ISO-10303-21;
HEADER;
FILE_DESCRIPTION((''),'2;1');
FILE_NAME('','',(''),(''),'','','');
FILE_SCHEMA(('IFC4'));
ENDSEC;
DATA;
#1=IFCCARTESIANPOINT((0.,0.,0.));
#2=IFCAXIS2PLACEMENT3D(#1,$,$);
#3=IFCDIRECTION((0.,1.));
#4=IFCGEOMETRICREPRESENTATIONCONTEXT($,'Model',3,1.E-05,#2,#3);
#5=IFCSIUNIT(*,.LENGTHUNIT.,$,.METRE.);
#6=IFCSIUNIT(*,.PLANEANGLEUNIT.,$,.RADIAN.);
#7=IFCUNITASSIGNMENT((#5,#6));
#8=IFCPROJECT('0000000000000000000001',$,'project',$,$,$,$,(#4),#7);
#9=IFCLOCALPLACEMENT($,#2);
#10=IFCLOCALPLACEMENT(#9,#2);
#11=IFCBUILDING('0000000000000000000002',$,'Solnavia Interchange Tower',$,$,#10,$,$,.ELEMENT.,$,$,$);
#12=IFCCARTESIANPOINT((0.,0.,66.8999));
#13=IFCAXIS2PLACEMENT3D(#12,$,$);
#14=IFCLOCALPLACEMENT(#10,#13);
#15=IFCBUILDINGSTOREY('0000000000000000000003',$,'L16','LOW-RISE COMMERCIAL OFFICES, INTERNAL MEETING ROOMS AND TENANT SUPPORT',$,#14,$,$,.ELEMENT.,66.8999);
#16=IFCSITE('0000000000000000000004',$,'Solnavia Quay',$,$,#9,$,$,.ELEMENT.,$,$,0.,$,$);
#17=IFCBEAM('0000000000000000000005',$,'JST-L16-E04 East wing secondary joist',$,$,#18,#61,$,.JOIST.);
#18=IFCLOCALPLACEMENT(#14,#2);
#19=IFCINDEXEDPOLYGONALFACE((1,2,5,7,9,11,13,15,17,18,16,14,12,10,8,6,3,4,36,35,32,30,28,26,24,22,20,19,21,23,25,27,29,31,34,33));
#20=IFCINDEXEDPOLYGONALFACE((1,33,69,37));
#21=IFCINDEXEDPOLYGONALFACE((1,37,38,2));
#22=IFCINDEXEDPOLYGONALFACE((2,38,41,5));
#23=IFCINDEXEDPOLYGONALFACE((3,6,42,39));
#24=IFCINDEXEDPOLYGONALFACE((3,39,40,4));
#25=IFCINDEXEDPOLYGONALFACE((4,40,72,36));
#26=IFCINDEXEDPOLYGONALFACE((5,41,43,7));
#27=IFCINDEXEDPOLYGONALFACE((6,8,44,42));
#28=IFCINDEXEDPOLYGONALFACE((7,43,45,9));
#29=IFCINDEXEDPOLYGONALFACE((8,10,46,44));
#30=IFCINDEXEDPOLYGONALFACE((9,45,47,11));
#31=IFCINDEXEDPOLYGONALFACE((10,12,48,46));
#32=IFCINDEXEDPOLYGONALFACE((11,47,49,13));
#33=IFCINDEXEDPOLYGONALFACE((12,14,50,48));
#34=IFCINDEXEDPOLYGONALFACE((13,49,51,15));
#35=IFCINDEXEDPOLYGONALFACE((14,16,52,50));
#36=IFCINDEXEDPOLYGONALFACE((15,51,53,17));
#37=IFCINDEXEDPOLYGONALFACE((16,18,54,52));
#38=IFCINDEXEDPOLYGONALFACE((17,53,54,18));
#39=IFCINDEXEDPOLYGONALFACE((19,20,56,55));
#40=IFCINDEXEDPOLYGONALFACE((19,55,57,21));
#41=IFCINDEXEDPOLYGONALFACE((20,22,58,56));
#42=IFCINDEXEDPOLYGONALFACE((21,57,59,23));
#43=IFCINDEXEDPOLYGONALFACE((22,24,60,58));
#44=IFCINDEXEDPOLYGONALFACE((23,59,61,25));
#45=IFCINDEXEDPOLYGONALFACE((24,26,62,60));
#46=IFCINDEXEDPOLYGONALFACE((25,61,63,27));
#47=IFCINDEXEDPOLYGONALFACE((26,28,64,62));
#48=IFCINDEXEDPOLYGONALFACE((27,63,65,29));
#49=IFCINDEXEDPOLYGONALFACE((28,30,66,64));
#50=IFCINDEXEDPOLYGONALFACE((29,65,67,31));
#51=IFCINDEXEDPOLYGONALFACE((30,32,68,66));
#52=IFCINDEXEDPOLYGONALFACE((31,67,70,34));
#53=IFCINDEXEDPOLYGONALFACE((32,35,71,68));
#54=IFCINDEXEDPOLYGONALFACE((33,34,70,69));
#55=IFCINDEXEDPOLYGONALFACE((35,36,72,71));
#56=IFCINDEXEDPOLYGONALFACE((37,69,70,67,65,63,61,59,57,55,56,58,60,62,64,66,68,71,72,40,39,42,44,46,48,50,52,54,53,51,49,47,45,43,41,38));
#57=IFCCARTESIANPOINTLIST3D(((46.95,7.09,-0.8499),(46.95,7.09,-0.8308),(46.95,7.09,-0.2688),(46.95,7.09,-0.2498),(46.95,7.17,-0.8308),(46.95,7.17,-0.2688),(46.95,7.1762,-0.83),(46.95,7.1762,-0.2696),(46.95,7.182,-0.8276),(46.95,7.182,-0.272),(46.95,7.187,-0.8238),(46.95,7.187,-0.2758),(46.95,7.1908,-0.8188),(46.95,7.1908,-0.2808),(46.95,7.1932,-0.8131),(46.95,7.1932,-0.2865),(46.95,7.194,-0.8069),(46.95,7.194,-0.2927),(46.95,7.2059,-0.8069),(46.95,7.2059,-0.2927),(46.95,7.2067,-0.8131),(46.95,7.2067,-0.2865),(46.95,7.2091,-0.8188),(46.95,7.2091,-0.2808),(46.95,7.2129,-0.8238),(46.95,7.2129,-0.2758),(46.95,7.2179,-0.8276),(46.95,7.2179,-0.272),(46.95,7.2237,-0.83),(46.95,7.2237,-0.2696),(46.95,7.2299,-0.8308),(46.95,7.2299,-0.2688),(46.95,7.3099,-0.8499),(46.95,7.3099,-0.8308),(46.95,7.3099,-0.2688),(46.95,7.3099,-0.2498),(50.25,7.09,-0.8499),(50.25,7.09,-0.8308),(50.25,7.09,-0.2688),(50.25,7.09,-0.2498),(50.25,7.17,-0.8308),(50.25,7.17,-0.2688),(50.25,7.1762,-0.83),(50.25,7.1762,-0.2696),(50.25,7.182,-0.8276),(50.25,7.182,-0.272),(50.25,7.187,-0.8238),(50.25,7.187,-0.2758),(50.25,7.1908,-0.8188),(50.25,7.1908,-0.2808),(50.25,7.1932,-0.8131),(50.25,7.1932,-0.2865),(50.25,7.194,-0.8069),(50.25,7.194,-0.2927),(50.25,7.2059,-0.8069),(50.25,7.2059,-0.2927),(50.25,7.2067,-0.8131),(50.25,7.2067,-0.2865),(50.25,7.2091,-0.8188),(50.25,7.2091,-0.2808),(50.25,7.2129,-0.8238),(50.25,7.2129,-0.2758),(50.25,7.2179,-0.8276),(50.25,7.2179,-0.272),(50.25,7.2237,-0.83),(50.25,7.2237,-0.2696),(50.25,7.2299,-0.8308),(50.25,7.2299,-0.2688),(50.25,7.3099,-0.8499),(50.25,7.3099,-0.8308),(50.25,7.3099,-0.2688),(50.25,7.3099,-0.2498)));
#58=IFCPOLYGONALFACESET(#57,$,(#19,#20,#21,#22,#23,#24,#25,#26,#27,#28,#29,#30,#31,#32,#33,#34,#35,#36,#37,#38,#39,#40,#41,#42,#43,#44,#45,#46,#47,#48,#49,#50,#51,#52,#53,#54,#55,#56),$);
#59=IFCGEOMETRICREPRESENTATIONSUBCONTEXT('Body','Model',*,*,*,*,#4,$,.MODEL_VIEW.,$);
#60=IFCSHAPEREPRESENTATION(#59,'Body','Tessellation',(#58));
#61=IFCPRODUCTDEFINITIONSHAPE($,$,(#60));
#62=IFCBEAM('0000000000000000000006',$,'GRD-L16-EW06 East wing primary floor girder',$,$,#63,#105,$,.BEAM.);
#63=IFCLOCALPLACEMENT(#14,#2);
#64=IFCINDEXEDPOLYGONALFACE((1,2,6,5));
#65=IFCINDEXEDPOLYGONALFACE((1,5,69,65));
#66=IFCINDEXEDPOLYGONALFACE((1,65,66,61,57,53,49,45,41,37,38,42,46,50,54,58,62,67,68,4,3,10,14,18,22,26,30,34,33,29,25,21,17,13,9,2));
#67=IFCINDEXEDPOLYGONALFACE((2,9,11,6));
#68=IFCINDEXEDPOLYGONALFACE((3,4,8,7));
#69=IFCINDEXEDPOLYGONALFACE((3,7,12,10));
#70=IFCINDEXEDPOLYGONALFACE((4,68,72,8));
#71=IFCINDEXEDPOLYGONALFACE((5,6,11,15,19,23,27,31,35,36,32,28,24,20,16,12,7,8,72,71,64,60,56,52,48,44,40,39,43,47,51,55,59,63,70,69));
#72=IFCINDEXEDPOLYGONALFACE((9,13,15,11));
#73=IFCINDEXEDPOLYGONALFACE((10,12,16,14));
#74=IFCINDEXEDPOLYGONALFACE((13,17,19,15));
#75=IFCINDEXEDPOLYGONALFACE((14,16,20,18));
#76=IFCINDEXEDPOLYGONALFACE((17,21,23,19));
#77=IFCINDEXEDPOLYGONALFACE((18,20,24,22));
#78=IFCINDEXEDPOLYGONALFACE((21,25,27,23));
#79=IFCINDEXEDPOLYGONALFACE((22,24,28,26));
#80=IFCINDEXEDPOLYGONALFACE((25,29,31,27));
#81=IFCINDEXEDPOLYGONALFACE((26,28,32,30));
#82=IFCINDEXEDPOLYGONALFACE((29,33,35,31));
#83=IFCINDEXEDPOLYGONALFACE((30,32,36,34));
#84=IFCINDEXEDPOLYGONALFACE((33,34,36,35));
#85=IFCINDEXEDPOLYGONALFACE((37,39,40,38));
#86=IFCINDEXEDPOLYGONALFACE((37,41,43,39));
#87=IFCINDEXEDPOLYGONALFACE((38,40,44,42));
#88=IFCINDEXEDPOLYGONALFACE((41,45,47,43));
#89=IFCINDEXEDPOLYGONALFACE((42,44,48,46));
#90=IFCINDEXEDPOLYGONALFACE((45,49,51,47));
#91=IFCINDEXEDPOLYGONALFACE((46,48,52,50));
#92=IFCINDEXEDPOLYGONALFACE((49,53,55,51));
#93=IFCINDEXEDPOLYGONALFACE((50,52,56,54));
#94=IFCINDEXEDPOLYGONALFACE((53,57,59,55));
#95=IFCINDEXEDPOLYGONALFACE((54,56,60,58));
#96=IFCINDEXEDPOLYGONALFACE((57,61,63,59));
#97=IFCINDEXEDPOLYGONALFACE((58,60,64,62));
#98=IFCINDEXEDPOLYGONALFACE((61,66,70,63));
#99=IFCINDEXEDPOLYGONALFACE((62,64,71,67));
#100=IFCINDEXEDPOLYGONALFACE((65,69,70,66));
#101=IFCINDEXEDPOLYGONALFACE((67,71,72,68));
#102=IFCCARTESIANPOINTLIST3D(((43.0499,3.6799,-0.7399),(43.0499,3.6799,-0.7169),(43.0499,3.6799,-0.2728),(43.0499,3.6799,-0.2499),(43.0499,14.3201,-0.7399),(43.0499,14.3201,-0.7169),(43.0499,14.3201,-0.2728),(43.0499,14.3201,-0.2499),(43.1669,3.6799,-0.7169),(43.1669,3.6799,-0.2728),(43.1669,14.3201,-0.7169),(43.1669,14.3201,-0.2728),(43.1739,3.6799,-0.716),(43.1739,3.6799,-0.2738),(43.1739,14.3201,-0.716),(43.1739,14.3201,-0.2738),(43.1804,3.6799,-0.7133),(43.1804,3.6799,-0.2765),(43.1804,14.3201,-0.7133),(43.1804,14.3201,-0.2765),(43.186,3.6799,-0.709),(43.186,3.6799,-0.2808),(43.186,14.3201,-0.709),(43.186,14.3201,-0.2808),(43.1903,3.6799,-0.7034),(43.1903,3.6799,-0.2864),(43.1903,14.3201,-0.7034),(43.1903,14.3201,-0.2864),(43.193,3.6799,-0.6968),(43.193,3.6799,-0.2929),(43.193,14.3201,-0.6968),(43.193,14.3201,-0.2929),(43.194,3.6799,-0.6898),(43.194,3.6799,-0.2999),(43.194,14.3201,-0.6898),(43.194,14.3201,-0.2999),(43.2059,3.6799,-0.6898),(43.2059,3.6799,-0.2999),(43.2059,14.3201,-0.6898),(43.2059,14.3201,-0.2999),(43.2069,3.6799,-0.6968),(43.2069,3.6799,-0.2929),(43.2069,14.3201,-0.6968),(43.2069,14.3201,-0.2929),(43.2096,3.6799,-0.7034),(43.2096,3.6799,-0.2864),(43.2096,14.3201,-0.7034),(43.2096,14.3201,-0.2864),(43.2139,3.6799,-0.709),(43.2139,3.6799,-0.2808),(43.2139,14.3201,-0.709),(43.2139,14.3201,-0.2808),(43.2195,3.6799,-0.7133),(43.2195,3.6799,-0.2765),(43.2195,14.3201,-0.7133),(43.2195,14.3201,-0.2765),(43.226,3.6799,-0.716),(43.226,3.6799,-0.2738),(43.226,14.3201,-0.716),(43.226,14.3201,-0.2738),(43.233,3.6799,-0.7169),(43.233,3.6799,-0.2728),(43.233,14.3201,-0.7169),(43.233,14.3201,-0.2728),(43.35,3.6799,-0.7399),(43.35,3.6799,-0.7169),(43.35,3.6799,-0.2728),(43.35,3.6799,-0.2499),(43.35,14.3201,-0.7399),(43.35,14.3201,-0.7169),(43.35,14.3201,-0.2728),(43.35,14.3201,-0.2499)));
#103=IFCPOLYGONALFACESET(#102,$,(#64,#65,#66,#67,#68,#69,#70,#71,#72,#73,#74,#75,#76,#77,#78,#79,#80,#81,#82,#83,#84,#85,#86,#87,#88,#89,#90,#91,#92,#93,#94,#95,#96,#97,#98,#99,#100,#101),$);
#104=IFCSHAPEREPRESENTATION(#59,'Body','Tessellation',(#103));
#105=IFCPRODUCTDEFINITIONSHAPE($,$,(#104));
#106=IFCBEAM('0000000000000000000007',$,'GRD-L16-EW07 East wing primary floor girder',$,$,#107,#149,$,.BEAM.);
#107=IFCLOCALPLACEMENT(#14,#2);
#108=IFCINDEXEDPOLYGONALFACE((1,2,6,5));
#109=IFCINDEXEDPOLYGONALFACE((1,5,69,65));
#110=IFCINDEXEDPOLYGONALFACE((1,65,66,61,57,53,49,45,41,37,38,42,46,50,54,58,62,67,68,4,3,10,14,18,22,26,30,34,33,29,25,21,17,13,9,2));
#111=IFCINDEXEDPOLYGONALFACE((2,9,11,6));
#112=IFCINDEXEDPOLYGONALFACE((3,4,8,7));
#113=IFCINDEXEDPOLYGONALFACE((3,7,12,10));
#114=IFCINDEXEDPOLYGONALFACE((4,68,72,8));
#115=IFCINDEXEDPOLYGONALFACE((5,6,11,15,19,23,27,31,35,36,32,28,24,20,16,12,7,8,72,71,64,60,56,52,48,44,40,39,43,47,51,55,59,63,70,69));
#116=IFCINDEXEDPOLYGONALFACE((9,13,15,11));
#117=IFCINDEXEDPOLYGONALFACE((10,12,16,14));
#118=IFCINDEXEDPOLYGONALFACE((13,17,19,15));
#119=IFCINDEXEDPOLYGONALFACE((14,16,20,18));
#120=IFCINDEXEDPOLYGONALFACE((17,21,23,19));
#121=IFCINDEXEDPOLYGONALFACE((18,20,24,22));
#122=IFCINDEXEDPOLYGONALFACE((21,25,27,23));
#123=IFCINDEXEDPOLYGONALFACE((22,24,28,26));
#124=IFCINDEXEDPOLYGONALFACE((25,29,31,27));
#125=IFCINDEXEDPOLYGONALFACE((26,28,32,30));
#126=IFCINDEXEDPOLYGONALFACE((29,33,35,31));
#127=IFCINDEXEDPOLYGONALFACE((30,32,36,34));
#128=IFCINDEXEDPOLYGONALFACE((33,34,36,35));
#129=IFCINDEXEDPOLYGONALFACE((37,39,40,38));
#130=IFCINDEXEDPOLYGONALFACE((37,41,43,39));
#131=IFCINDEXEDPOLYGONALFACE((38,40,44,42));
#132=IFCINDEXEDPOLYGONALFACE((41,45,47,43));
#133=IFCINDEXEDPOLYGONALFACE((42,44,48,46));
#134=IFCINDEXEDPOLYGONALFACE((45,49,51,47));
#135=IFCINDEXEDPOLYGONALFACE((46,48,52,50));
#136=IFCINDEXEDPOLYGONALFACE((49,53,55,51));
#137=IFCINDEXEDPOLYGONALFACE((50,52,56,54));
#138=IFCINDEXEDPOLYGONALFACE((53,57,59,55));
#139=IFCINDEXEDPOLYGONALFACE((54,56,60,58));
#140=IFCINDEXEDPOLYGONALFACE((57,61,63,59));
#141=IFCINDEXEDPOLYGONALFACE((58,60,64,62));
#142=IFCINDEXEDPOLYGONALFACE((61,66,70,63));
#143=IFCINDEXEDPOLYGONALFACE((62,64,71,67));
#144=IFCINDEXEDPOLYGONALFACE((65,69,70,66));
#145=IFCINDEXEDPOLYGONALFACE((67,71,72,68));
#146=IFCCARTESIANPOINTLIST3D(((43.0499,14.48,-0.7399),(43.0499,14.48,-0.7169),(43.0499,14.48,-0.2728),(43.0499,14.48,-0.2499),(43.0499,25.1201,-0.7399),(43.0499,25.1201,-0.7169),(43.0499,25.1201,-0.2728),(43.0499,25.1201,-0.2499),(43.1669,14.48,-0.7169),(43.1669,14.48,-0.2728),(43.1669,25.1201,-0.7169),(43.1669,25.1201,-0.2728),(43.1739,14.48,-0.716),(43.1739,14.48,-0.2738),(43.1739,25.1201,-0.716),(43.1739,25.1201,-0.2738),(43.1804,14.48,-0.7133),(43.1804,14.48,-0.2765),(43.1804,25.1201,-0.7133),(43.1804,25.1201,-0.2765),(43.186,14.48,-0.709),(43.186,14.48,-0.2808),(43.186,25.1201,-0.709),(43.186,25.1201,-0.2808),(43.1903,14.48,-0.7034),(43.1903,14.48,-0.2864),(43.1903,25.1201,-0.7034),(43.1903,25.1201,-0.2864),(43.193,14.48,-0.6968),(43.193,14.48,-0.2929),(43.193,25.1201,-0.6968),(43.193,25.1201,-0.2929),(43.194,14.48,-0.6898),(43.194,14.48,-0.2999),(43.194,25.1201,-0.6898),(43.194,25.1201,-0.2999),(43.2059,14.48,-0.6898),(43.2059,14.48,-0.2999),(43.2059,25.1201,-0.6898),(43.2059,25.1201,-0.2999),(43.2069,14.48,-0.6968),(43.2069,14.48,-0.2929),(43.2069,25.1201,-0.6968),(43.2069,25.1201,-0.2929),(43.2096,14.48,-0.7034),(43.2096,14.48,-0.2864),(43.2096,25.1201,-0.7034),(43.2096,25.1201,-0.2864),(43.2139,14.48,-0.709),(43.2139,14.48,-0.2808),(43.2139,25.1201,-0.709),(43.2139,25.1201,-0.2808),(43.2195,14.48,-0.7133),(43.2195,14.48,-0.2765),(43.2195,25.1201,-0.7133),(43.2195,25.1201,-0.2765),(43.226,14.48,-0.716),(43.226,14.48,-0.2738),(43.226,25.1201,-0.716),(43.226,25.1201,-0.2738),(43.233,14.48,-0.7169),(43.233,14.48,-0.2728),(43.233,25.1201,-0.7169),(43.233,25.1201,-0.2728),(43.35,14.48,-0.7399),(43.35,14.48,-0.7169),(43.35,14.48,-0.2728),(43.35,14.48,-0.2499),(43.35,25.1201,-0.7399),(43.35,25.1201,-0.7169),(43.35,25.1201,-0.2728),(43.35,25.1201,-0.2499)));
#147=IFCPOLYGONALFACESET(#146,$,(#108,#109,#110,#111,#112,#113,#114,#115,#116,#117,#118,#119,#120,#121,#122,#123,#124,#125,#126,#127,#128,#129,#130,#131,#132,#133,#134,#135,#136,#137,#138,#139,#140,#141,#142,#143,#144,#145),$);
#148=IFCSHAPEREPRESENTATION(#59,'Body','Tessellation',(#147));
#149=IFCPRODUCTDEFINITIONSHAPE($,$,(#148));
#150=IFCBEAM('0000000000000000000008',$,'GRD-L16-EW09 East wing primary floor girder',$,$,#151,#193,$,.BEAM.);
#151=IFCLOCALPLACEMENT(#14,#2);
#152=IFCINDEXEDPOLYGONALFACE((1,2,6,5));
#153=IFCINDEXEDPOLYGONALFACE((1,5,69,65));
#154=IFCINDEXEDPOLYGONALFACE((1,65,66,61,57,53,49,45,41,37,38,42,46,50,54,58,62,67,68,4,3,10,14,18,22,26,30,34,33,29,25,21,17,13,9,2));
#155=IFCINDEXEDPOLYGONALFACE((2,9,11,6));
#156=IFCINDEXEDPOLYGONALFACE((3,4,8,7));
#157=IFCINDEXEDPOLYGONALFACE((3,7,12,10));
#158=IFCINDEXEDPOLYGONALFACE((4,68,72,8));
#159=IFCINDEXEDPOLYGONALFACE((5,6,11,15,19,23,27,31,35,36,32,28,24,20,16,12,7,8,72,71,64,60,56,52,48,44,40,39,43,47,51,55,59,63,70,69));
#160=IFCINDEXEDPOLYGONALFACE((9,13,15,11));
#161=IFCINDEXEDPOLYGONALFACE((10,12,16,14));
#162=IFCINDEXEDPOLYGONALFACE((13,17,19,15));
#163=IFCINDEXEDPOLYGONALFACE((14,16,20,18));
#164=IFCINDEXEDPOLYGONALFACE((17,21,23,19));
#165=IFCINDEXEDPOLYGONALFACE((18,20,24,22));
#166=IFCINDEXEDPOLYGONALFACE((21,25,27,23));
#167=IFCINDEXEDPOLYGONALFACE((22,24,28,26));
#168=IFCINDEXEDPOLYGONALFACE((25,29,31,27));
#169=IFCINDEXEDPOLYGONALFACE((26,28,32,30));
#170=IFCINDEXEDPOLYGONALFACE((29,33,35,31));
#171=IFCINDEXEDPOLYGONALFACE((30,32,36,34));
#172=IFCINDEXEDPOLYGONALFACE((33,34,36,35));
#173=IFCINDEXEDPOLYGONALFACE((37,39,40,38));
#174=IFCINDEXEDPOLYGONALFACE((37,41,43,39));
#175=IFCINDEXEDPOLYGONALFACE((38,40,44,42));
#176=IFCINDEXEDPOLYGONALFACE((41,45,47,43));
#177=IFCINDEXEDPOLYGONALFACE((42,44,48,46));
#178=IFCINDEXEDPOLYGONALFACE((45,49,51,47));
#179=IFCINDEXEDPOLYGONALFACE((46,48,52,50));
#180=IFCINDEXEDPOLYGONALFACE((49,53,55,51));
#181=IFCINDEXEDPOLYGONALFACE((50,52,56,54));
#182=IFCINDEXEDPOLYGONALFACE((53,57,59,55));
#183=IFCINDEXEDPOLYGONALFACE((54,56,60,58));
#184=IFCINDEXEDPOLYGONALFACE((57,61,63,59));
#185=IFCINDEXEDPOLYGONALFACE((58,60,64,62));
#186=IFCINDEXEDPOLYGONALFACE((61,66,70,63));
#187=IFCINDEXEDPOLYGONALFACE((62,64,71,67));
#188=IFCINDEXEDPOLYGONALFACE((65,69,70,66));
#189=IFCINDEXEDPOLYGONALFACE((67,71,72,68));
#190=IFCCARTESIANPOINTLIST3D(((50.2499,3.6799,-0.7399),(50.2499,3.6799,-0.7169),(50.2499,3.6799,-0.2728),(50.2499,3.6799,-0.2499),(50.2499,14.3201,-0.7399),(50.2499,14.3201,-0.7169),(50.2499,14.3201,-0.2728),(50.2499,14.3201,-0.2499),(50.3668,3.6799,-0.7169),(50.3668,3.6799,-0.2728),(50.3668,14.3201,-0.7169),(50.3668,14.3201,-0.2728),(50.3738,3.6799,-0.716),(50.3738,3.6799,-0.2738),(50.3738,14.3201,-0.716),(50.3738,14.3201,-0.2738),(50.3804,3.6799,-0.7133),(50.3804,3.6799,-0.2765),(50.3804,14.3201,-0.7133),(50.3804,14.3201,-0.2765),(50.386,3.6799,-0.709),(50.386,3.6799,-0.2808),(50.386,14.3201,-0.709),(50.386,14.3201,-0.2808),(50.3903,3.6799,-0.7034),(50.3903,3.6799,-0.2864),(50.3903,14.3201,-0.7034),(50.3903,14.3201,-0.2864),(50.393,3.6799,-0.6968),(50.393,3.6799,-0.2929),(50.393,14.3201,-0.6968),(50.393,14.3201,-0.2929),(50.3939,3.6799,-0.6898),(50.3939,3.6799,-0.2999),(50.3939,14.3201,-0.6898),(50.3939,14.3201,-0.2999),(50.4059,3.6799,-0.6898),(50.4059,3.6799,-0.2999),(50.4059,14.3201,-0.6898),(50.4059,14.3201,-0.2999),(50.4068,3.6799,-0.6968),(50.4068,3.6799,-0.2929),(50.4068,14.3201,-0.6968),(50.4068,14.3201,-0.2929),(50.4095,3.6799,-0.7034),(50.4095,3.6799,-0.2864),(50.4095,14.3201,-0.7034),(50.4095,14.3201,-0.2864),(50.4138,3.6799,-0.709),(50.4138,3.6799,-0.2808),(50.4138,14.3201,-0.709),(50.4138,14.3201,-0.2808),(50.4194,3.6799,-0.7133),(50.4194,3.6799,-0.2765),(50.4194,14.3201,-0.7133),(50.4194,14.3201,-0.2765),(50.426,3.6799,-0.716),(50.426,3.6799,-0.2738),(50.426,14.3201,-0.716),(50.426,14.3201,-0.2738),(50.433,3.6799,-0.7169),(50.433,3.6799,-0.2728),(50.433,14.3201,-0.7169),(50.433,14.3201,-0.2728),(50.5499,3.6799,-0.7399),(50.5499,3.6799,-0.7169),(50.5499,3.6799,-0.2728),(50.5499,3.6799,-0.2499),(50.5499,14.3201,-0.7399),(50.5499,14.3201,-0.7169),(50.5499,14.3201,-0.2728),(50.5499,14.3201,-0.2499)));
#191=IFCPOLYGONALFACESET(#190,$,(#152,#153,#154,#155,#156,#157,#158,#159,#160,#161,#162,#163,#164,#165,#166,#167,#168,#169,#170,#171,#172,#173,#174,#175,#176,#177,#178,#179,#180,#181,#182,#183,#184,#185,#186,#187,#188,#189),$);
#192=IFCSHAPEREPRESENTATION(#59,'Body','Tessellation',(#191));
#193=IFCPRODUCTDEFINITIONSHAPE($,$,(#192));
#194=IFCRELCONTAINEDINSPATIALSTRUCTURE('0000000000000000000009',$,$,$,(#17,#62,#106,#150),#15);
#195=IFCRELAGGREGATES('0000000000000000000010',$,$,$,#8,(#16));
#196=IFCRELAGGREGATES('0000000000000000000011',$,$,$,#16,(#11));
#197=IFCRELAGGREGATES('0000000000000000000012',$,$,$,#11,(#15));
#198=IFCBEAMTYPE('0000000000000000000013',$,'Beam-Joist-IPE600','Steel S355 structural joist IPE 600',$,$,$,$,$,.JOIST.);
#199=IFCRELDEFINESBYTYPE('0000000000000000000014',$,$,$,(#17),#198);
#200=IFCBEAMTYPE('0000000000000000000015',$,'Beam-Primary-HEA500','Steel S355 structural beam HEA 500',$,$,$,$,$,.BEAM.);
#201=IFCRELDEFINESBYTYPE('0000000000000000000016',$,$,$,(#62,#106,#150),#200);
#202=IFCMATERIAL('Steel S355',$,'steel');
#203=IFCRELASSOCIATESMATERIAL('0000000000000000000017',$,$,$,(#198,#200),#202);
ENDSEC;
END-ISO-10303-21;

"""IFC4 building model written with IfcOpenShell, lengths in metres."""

from ifc_helpers import new_model, si_unit, direction, frame, origin, origin_2d, place, context, subcontext, project, spatial, i_section, extrude, material, material_profile, profile_set, type_object, element, save


model = new_model("IFC4")

# Units and contexts
model_context = context("Model", 3, precision=1e-05, world=origin(), true_north=direction((0.0, 1.0)))
body_context = subcontext(model_context, "Body", "Model", "MODEL_VIEW")
ifc_project = project(units=[si_unit("LENGTHUNIT", "METRE"), si_unit("PLANEANGLEUNIT", "RADIAN")], contexts=[model_context])

# Site, building, storey
site_placement = place(None, origin())
site = spatial("IfcSite", under=ifc_project, at=site_placement, Name="Solnavia Quay", CompositionType="ELEMENT", RefElevation=0.0)
building_placement = place(site_placement, origin())
building = spatial("IfcBuilding", under=site, at=building_placement, Name="Solnavia Interchange Tower", CompositionType="ELEMENT")
storey_placement = place(building_placement, frame((0.0, 0.0, 66.8999)))
storey = spatial("IfcBuildingStorey", under=building, at=storey_placement, Name="L16", Description="LOW-RISE COMMERCIAL OFFICES, INTERNAL MEETING ROOMS AND TENANT SUPPORT", CompositionType="ELEMENT", Elevation=66.8999)

# Shared definitions
ifc_material_1 = material(Name="Steel S355", Category="steel")

# Beams
ifc_material_profile_1 = material_profile(ifc_material_1, i_section(OverallWidth=0.22, OverallDepth=0.6001, WebThickness=0.012, FlangeThickness=0.019, FilletRadius=0.0239, at=origin_2d()), Name="IPE 600")
ifc_profile_set_1 = profile_set([ifc_material_profile_1], Name="Steel S355")
beam_type_1 = type_object("IfcBeamType", Name="Beam-Joist-IPE600", Description="Steel S355 structural joist IPE 600", PredefinedType="JOIST", material=ifc_profile_set_1)
beam_1_placement = place(storey_placement, frame((46.95, 7.2, -0.5498), z_axis=(1.0, 0.0, 0.0), x_axis=(0.0, 1.0, 0.0)))
element("IfcBeam", 1, at=beam_1_placement, inside=storey, type_object=beam_type_1, Name="JST-L16-E04 East wing secondary joist", PredefinedType="JOIST", context=body_context, shape_type="SweptSolid", body=[
    extrude(i_section(OverallWidth=0.22, OverallDepth=0.6001, WebThickness=0.012, FlangeThickness=0.019, FilletRadius=0.0239, at=origin_2d()), origin(), (0.0, 0.0, 1.0), 3.3),
])
ifc_material_profile_2 = material_profile(ifc_material_1, i_section(OverallWidth=0.3, OverallDepth=0.49, WebThickness=0.012, FlangeThickness=0.0229, FilletRadius=0.0271, at=origin_2d()), Name="HEA 500")
ifc_profile_set_2 = profile_set([ifc_material_profile_2], Name="Steel S355")
beam_type_2 = type_object("IfcBeamType", Name="Beam-Primary-HEA500", Description="Steel S355 structural beam HEA 500", PredefinedType="BEAM", material=ifc_profile_set_2)
for number, where, z_axis, x_axis, name in (
    (2, (43.2, 3.6799, -0.4949), (0.0, 1.0, 0.0), (-1.0, 0.0, 0.0), "GRD-L16-EW06 East wing primary floor girder"),
    (3, (43.2, 14.48, -0.4949), (0.0, 1.0, 0.0), (-1.0, 0.0, 0.0), "GRD-L16-EW07 East wing primary floor girder"),
    (4, (50.3999, 3.6799, -0.4949), (0.0, 1.0, 0.0), (-1.0, 0.0, 0.0), "GRD-L16-EW09 East wing primary floor girder"),
):
    element("IfcBeam", number, at=place(storey_placement, frame(where, z_axis=z_axis, x_axis=x_axis)), inside=storey, type_object=beam_type_2, Name=name, PredefinedType="BEAM", context=body_context, shape_type="SweptSolid", body=[
        extrude(i_section(OverallWidth=0.3, OverallDepth=0.49, WebThickness=0.012, FlangeThickness=0.0229, FilletRadius=0.0271, at=origin_2d()), origin(), (0.0, 0.0, 1.0), 10.6401),
    ])

save(model, "model.ifc")
